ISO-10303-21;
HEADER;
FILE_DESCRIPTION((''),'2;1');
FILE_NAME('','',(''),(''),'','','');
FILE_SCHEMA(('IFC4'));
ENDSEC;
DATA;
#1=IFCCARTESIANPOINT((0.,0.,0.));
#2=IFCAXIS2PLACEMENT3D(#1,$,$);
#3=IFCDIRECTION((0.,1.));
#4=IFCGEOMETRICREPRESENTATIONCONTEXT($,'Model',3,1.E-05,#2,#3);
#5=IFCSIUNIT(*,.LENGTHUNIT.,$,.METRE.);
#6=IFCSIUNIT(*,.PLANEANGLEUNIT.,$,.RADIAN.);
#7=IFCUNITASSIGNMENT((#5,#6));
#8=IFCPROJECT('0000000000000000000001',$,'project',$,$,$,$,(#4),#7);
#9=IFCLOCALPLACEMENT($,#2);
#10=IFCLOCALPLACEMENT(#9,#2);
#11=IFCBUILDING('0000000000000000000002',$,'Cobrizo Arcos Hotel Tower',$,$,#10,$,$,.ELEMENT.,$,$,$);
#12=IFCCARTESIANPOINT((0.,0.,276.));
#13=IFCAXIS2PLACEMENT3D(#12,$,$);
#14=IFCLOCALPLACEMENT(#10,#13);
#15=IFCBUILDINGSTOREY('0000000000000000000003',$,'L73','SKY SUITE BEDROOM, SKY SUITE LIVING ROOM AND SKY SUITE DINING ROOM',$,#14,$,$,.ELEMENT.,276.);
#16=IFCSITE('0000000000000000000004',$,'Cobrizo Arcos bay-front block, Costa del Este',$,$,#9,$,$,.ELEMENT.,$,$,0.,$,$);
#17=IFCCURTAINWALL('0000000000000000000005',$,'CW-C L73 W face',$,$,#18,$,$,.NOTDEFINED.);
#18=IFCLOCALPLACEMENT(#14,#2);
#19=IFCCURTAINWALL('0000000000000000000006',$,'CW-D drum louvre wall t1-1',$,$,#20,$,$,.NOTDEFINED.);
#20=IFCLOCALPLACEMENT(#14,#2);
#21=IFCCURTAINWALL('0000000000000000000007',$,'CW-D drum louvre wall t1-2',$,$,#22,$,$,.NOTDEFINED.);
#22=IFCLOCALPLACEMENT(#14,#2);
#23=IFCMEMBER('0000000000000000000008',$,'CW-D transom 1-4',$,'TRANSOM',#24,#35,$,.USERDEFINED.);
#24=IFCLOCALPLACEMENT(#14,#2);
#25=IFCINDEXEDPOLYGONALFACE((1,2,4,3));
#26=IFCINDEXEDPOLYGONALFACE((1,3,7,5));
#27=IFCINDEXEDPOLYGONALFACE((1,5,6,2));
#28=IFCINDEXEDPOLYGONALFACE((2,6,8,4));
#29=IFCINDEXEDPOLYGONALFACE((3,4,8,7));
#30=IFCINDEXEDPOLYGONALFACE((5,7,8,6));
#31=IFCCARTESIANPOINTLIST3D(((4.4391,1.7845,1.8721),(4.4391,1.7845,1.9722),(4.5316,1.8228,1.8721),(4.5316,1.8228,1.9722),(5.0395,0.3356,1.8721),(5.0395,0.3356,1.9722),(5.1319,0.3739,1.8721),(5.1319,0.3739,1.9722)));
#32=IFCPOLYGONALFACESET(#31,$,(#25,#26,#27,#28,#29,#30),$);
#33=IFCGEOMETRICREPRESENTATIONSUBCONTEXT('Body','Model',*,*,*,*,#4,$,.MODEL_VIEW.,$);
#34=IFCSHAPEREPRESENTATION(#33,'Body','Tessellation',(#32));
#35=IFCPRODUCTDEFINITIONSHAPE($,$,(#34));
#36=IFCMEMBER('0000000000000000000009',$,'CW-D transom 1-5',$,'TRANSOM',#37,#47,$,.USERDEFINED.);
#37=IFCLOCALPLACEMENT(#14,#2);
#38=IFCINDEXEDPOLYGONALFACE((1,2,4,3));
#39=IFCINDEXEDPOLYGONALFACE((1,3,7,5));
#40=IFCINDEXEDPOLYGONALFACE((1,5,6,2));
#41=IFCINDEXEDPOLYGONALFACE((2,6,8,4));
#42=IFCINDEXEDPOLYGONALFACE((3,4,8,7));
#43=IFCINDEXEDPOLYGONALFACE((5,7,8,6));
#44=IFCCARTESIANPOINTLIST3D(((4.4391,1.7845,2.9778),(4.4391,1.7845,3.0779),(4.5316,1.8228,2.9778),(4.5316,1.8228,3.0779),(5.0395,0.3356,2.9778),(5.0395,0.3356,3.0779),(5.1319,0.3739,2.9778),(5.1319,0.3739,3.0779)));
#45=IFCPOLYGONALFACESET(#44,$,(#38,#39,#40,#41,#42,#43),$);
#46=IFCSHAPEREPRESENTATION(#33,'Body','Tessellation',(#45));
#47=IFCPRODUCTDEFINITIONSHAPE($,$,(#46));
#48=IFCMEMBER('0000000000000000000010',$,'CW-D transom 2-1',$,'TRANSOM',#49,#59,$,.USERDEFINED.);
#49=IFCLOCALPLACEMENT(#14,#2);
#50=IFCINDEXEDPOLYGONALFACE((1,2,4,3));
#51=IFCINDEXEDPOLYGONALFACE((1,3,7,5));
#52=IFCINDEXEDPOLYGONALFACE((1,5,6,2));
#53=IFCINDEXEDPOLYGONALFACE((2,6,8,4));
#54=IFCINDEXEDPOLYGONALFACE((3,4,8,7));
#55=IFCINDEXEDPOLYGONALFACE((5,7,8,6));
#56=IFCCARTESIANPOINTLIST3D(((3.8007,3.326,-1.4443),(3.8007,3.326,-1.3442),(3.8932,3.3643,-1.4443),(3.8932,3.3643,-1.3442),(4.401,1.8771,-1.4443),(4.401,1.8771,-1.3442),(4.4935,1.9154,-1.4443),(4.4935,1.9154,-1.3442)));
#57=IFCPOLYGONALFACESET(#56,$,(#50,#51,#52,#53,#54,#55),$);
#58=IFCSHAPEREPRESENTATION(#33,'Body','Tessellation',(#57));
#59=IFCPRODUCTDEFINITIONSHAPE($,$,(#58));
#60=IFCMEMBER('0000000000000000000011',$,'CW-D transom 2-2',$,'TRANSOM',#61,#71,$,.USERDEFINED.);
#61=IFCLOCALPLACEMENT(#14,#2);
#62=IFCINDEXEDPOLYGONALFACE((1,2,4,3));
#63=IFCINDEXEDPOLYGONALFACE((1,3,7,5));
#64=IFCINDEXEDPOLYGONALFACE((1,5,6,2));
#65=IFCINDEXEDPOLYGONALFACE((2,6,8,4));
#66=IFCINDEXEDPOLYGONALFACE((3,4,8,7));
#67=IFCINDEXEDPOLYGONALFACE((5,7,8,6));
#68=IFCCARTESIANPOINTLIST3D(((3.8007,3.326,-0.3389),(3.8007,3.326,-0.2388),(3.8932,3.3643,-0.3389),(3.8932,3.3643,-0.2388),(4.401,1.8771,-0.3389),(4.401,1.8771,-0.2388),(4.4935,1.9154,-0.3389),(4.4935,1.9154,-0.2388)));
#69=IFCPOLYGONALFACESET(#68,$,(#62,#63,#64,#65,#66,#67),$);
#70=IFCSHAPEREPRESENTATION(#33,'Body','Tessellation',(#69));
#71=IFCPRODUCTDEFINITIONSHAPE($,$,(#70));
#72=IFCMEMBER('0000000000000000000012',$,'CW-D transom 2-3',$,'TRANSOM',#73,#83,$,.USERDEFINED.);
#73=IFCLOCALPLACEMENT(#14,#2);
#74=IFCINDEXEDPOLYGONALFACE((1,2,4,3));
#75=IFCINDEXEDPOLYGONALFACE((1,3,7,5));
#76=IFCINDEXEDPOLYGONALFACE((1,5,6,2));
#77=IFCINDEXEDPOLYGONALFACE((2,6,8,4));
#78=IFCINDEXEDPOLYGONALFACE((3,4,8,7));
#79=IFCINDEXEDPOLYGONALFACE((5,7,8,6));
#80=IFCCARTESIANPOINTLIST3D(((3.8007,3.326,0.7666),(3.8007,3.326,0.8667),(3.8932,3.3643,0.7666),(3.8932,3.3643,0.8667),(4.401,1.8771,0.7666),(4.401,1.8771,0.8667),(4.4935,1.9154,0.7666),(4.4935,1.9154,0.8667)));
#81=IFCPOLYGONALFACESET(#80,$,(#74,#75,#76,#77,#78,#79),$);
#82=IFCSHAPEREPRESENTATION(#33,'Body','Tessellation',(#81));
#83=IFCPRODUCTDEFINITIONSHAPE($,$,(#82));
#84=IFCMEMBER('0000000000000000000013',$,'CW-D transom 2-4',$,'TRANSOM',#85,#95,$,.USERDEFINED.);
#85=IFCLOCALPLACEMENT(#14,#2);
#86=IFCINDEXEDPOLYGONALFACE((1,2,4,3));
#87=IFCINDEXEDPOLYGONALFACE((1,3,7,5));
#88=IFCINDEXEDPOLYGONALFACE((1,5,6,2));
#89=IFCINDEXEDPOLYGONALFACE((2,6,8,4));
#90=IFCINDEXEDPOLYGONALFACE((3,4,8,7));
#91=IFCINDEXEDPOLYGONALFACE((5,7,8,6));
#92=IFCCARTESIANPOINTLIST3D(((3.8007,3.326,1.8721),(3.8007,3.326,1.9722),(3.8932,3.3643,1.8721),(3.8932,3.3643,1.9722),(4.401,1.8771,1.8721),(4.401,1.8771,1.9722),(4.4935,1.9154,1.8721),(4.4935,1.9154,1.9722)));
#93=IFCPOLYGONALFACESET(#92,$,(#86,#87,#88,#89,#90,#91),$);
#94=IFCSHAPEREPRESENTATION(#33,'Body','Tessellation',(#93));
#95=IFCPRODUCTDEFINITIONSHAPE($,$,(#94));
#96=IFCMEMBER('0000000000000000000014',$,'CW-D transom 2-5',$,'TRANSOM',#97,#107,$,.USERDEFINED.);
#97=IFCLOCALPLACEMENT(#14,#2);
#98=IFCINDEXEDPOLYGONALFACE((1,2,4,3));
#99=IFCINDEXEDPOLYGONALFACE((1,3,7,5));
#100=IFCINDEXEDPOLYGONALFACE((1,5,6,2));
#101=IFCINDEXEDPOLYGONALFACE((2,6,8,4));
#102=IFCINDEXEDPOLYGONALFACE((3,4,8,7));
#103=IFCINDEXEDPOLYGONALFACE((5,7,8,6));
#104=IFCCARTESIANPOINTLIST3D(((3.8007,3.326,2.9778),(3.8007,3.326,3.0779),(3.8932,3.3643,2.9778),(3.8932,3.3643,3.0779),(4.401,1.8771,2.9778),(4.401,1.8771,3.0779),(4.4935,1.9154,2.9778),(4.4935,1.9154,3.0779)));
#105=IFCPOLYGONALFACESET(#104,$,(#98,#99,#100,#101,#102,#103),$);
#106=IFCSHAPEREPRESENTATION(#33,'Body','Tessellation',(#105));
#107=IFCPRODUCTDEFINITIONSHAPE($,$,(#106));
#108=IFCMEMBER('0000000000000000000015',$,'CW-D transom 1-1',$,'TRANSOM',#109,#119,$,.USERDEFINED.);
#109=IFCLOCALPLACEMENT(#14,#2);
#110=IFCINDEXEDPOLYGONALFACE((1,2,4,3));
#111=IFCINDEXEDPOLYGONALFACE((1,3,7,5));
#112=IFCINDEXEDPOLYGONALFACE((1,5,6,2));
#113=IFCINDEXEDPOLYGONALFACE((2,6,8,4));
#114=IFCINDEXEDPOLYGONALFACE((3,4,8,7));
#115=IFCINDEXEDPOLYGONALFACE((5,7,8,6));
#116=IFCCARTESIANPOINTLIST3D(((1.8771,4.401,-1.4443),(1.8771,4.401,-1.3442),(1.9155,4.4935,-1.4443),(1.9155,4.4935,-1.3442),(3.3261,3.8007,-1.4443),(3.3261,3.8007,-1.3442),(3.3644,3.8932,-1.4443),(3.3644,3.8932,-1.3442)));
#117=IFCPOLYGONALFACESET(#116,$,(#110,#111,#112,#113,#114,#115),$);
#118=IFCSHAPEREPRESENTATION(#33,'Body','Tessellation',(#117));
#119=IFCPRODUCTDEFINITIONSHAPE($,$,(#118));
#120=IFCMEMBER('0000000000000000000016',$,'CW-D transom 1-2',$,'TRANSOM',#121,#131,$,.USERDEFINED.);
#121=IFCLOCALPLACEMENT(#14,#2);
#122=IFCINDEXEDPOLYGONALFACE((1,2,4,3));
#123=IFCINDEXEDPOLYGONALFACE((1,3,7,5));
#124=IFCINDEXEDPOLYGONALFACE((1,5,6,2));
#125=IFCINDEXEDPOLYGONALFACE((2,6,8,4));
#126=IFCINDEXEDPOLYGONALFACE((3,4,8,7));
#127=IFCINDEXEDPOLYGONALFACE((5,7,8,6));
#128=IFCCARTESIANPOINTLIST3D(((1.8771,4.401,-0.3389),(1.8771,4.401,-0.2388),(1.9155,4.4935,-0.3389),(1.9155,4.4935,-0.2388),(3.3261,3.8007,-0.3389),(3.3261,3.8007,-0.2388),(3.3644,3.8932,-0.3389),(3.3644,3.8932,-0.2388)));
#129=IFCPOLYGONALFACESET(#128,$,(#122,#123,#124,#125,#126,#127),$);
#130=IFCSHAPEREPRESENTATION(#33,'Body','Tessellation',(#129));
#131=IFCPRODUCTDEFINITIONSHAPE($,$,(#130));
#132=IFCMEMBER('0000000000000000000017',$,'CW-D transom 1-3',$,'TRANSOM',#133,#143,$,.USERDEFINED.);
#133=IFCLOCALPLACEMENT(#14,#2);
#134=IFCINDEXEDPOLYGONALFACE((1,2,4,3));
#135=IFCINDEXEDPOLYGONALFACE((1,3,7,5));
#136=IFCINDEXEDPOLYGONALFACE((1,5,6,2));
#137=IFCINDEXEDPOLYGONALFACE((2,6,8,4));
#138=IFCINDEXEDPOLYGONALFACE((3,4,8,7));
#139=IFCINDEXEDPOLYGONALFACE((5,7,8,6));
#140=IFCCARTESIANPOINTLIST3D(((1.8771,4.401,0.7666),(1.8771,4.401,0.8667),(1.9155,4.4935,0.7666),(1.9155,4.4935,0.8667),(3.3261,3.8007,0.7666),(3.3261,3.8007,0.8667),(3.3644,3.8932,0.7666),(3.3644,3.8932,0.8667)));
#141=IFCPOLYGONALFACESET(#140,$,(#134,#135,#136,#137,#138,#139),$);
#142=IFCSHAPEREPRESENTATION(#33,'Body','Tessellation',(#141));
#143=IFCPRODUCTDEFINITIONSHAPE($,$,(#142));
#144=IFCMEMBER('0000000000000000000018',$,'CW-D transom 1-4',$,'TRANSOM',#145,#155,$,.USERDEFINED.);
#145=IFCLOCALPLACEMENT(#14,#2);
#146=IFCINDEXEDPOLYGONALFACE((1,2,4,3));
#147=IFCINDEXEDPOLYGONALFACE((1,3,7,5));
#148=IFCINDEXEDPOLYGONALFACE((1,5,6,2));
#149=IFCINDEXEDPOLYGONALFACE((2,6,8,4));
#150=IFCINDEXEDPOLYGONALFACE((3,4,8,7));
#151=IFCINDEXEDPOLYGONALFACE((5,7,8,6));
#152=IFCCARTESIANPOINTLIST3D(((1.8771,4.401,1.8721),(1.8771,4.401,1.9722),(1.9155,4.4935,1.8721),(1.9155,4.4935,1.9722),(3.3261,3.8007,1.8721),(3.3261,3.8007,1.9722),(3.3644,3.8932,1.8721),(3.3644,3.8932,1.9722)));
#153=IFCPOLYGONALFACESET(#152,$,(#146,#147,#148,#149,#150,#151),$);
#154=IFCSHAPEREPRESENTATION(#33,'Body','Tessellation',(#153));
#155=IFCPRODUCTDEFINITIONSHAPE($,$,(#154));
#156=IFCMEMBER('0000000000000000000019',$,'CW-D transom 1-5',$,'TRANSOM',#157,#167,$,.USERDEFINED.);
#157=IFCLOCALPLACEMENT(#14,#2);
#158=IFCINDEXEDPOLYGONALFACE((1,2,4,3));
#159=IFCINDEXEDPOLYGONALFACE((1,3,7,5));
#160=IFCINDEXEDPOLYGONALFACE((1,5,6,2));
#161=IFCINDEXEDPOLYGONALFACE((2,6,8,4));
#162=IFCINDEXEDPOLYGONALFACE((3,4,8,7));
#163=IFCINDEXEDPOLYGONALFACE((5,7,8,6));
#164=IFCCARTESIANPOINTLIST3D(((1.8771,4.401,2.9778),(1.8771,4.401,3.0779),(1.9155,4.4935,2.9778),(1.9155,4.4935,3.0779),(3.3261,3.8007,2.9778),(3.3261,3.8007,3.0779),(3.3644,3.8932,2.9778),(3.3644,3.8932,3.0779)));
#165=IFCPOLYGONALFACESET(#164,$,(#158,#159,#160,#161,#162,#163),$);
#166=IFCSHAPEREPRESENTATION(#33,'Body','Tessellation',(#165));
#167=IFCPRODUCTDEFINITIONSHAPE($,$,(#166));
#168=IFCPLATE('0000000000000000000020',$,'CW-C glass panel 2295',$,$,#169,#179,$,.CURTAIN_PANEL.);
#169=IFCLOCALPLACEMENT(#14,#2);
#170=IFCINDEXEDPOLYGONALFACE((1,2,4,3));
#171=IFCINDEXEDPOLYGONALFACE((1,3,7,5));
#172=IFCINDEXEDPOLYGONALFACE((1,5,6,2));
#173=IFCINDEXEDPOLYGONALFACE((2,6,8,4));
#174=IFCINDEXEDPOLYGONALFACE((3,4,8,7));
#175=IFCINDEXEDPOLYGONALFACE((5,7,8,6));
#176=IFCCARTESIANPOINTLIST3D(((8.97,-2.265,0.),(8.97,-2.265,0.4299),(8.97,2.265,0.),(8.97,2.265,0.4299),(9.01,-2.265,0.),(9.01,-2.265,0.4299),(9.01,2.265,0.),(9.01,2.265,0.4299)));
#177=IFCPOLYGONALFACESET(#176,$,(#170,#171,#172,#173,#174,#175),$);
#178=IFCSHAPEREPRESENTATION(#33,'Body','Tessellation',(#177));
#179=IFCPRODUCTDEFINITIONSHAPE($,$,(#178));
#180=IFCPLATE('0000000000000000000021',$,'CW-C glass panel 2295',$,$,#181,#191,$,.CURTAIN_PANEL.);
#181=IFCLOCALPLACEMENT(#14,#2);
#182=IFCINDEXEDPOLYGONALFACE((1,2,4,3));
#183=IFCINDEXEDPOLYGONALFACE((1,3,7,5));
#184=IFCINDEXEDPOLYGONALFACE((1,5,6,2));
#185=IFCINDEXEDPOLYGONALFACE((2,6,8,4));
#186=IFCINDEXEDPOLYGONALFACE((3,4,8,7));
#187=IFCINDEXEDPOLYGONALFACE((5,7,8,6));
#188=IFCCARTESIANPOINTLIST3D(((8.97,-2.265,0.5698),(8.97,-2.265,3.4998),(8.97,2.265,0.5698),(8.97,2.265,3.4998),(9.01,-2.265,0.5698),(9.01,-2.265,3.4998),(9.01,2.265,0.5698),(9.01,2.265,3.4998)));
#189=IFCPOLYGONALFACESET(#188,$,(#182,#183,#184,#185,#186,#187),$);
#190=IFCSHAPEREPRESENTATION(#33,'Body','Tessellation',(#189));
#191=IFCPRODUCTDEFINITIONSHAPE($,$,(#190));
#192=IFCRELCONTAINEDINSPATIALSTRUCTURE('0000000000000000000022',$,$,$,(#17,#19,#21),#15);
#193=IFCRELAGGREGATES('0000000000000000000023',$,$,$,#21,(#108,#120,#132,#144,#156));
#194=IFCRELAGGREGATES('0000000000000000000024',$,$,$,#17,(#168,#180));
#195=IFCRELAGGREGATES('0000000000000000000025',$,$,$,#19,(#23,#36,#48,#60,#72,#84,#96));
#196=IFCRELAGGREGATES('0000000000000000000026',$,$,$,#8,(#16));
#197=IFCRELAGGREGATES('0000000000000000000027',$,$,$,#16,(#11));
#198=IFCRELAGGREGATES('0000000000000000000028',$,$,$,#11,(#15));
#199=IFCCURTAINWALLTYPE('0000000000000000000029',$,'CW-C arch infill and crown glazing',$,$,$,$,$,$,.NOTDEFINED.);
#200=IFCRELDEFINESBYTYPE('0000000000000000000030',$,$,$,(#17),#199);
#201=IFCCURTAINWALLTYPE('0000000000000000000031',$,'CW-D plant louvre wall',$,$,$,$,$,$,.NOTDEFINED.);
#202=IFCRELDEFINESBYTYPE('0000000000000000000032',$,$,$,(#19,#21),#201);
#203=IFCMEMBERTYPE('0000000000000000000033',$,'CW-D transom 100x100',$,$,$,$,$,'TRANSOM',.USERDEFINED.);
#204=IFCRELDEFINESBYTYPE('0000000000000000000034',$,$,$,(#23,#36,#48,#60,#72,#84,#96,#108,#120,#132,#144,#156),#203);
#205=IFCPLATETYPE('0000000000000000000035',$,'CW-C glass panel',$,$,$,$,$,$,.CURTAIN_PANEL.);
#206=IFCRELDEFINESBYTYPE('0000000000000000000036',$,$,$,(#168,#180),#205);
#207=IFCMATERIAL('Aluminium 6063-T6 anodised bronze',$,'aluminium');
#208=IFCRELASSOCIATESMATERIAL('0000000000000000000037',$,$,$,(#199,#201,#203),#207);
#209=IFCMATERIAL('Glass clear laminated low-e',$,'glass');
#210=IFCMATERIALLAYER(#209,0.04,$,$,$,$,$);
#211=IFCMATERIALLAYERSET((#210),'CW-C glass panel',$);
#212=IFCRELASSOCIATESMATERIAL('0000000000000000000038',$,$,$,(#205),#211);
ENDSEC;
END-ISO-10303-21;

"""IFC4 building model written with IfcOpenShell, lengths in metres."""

from ifc_helpers import new_model, si_unit, direction, frame, origin, origin_2d, place, context, subcontext, project, spatial, rectangle, extrude, material, layer, layer_set, material_profile, profile_set, type_object, element, aggregate, save


model = new_model("IFC4")

# Units and contexts
model_context = context("Model", 3, precision=1e-05, world=origin(), true_north=direction((0.0, 1.0)))
body_context = subcontext(model_context, "Body", "Model", "MODEL_VIEW")
ifc_project = project(units=[si_unit("LENGTHUNIT", "METRE"), si_unit("PLANEANGLEUNIT", "RADIAN")], contexts=[model_context])

# Site, building, storey
site_placement = place(None, origin())
site = spatial("IfcSite", under=ifc_project, at=site_placement, Name="Cobrizo Arcos bay-front block, Costa del Este", CompositionType="ELEMENT", RefElevation=0.0)
building_placement = place(site_placement, origin())
building = spatial("IfcBuilding", under=site, at=building_placement, Name="Cobrizo Arcos Hotel Tower", CompositionType="ELEMENT")
storey_placement = place(building_placement, frame((0.0, 0.0, 276.0)))
storey = spatial("IfcBuildingStorey", under=building, at=storey_placement, Name="L73", Description="SKY SUITE BEDROOM, SKY SUITE LIVING ROOM AND SKY SUITE DINING ROOM", CompositionType="ELEMENT", Elevation=276.0)

# Curtain walls
ifc_material_1 = material(Name="Aluminium 6063-T6 anodised bronze", Category="aluminium")
curtain_wall_type_1 = type_object("IfcCurtainWallType", Name="CW-C arch infill and crown glazing", PredefinedType="NOTDEFINED", material=ifc_material_1)
curtain_wall_1_placement = place(storey_placement, origin())
curtain_wall_1 = element("IfcCurtainWall", 1, at=curtain_wall_1_placement, inside=storey, type_object=curtain_wall_type_1, Name="CW-C L73 W face", PredefinedType="NOTDEFINED")
curtain_wall_type_2 = type_object("IfcCurtainWallType", Name="CW-D plant louvre wall", PredefinedType="NOTDEFINED", material=ifc_material_1)
curtain_wall_2_placement = place(storey_placement, origin())
curtain_wall_2 = element("IfcCurtainWall", 2, at=curtain_wall_2_placement, inside=storey, type_object=curtain_wall_type_2, Name="CW-D drum louvre wall t1-1", PredefinedType="NOTDEFINED")

# Curtain wall
curtain_wall_3_placement = place(storey_placement, origin())
curtain_wall_3 = element("IfcCurtainWall", 3, at=curtain_wall_3_placement, inside=storey, type_object=curtain_wall_type_2, Name="CW-D drum louvre wall t1-2", PredefinedType="NOTDEFINED")

# Members
ifc_material_profile_1 = material_profile(ifc_material_1, rectangle(XDim=0.1001, YDim=0.1001, at=origin_2d()), Name="CW-D transom 100x100")
ifc_profile_set_1 = profile_set([ifc_material_profile_1], Name="Aluminium 6063-T6 anodised bronze")
member_type_1 = type_object("IfcMemberType", Name="CW-D transom 100x100", ElementType="TRANSOM", PredefinedType="USERDEFINED", material=ifc_profile_set_1)
member_1_placement = place(storey_placement, frame((5.0857, 0.3547, 1.9221), z_axis=(-0.382769, 0.923844, 0.0), x_axis=(-0.923844, -0.382769, 0.0)))
member_1 = element("IfcMember", 4, at=member_1_placement, type_object=member_type_1, Name="CW-D transom 1-4", ObjectType="TRANSOM", PredefinedType="USERDEFINED", context=body_context, shape_type="SweptSolid", body=[
    extrude(rectangle(XDim=0.1001, YDim=0.1001, at=origin_2d()), origin(), (0.0, 0.0, 1.0), 1.5684),
])
member_2_placement = place(storey_placement, frame((5.0857, 0.3547, 3.0278), z_axis=(-0.382769, 0.923844, 0.0), x_axis=(-0.923844, -0.382769, 0.0)))
member_2 = element("IfcMember", 5, at=member_2_placement, type_object=member_type_1, Name="CW-D transom 1-5", ObjectType="TRANSOM", PredefinedType="USERDEFINED", context=body_context, shape_type="SweptSolid", body=[
    extrude(rectangle(XDim=0.1001, YDim=0.1001, at=origin_2d()), origin(), (0.0, 0.0, 1.0), 1.5684),
])
member_3_placement = place(storey_placement, frame((4.4473, 1.8962, -1.3943), z_axis=(-0.382769, 0.923844, 0.0), x_axis=(-0.923844, -0.382769, 0.0)))
member_3 = element("IfcMember", 6, at=member_3_placement, type_object=member_type_1, Name="CW-D transom 2-1", ObjectType="TRANSOM", PredefinedType="USERDEFINED", context=body_context, shape_type="SweptSolid", body=[
    extrude(rectangle(XDim=0.1001, YDim=0.1001, at=origin_2d()), origin(), (0.0, 0.0, 1.0), 1.5684),
])
member_4_placement = place(storey_placement, frame((4.4473, 1.8962, -0.2888), z_axis=(-0.382769, 0.923844, 0.0), x_axis=(-0.923844, -0.382769, 0.0)))
member_4 = element("IfcMember", 7, at=member_4_placement, type_object=member_type_1, Name="CW-D transom 2-2", ObjectType="TRANSOM", PredefinedType="USERDEFINED", context=body_context, shape_type="SweptSolid", body=[
    extrude(rectangle(XDim=0.1001, YDim=0.1001, at=origin_2d()), origin(), (0.0, 0.0, 1.0), 1.5684),
])
member_5_placement = place(storey_placement, frame((4.4473, 1.8962, 0.8167), z_axis=(-0.382769, 0.923844, 0.0), x_axis=(-0.923844, -0.382769, 0.0)))
member_5 = element("IfcMember", 8, at=member_5_placement, type_object=member_type_1, Name="CW-D transom 2-3", ObjectType="TRANSOM", PredefinedType="USERDEFINED", context=body_context, shape_type="SweptSolid", body=[
    extrude(rectangle(XDim=0.1001, YDim=0.1001, at=origin_2d()), origin(), (0.0, 0.0, 1.0), 1.5684),
])
member_6_placement = place(storey_placement, frame((4.4473, 1.8962, 1.9221), z_axis=(-0.382769, 0.923844, 0.0), x_axis=(-0.923844, -0.382769, 0.0)))
member_6 = element("IfcMember", 9, at=member_6_placement, type_object=member_type_1, Name="CW-D transom 2-4", ObjectType="TRANSOM", PredefinedType="USERDEFINED", context=body_context, shape_type="SweptSolid", body=[
    extrude(rectangle(XDim=0.1001, YDim=0.1001, at=origin_2d()), origin(), (0.0, 0.0, 1.0), 1.5684),
])
member_7_placement = place(storey_placement, frame((4.4473, 1.8962, 3.0278), z_axis=(-0.382769, 0.923844, 0.0), x_axis=(-0.923844, -0.382769, 0.0)))
member_7 = element("IfcMember", 10, at=member_7_placement, type_object=member_type_1, Name="CW-D transom 2-5", ObjectType="TRANSOM", PredefinedType="USERDEFINED", context=body_context, shape_type="SweptSolid", body=[
    extrude(rectangle(XDim=0.1001, YDim=0.1001, at=origin_2d()), origin(), (0.0, 0.0, 1.0), 1.5684),
])
member_8_placement = place(storey_placement, frame((3.3452, 3.8469, -1.3943), z_axis=(-0.923844, 0.382769, 0.0), x_axis=(-0.382769, -0.923844, 0.0)))
member_8 = element("IfcMember", 11, at=member_8_placement, type_object=member_type_1, Name="CW-D transom 1-1", ObjectType="TRANSOM", PredefinedType="USERDEFINED", context=body_context, shape_type="SweptSolid", body=[
    extrude(rectangle(XDim=0.1001, YDim=0.1001, at=origin_2d()), origin(), (0.0, 0.0, 1.0), 1.5684),
])
member_9_placement = place(storey_placement, frame((3.3452, 3.8469, -0.2888), z_axis=(-0.923844, 0.382769, 0.0), x_axis=(-0.382769, -0.923844, 0.0)))
member_9 = element("IfcMember", 12, at=member_9_placement, type_object=member_type_1, Name="CW-D transom 1-2", ObjectType="TRANSOM", PredefinedType="USERDEFINED", context=body_context, shape_type="SweptSolid", body=[
    extrude(rectangle(XDim=0.1001, YDim=0.1001, at=origin_2d()), origin(), (0.0, 0.0, 1.0), 1.5684),
])
member_10_placement = place(storey_placement, frame((3.3452, 3.8469, 0.8167), z_axis=(-0.923844, 0.382769, 0.0), x_axis=(-0.382769, -0.923844, 0.0)))
member_10 = element("IfcMember", 13, at=member_10_placement, type_object=member_type_1, Name="CW-D transom 1-3", ObjectType="TRANSOM", PredefinedType="USERDEFINED", context=body_context, shape_type="SweptSolid", body=[
    extrude(rectangle(XDim=0.1001, YDim=0.1001, at=origin_2d()), origin(), (0.0, 0.0, 1.0), 1.5684),
])
member_11_placement = place(storey_placement, frame((3.3452, 3.8469, 1.9221), z_axis=(-0.923844, 0.382769, 0.0), x_axis=(-0.382769, -0.923844, 0.0)))
member_11 = element("IfcMember", 14, at=member_11_placement, type_object=member_type_1, Name="CW-D transom 1-4", ObjectType="TRANSOM", PredefinedType="USERDEFINED", context=body_context, shape_type="SweptSolid", body=[
    extrude(rectangle(XDim=0.1001, YDim=0.1001, at=origin_2d()), origin(), (0.0, 0.0, 1.0), 1.5684),
])
member_12_placement = place(storey_placement, frame((3.3452, 3.8469, 3.0278), z_axis=(-0.923844, 0.382769, 0.0), x_axis=(-0.382769, -0.923844, 0.0)))
member_12 = element("IfcMember", 15, at=member_12_placement, type_object=member_type_1, Name="CW-D transom 1-5", ObjectType="TRANSOM", PredefinedType="USERDEFINED", context=body_context, shape_type="SweptSolid", body=[
    extrude(rectangle(XDim=0.1001, YDim=0.1001, at=origin_2d()), origin(), (0.0, 0.0, 1.0), 1.5684),
])
aggregate(curtain_wall_3, [member_8, member_9, member_10, member_11, member_12])

# Plates
ifc_material_2 = material(Name="Glass clear laminated low-e", Category="glass")
ifc_layer_1 = layer(ifc_material_2, 0.04)
ifc_layer_set_1 = layer_set([ifc_layer_1], Name="CW-C glass panel")
plate_type_1 = type_object("IfcPlateType", Name="CW-C glass panel", PredefinedType="CURTAIN_PANEL", material=ifc_layer_set_1)
plate_1_placement = place(storey_placement, frame((8.99, 0.0, 0.0), z_axis=(0.0, 0.0, 1.0), x_axis=(0.0, -1.0, 0.0)))
plate_1 = element("IfcPlate", 16, at=plate_1_placement, type_object=plate_type_1, Name="CW-C glass panel 2295", PredefinedType="CURTAIN_PANEL", context=body_context, shape_type="SweptSolid", body=[
    extrude(rectangle(XDim=4.53, YDim=0.04, at=origin_2d()), origin(), (0.0, 0.0, 1.0), 0.4299),
])
plate_2_placement = place(storey_placement, frame((8.99, 0.0, 0.5698), z_axis=(0.0, 0.0, 1.0), x_axis=(0.0, -1.0, 0.0)))
plate_2 = element("IfcPlate", 17, at=plate_2_placement, type_object=plate_type_1, Name="CW-C glass panel 2295", PredefinedType="CURTAIN_PANEL", context=body_context, shape_type="SweptSolid", body=[
    extrude(rectangle(XDim=4.53, YDim=0.04, at=origin_2d()), origin(), (0.0, 0.0, 1.0), 2.9299),
])
aggregate(curtain_wall_1, [plate_1, plate_2])
aggregate(curtain_wall_2, [member_1, member_2, member_3, member_4, member_5, member_6, member_7])

save(model, "model.ifc")
